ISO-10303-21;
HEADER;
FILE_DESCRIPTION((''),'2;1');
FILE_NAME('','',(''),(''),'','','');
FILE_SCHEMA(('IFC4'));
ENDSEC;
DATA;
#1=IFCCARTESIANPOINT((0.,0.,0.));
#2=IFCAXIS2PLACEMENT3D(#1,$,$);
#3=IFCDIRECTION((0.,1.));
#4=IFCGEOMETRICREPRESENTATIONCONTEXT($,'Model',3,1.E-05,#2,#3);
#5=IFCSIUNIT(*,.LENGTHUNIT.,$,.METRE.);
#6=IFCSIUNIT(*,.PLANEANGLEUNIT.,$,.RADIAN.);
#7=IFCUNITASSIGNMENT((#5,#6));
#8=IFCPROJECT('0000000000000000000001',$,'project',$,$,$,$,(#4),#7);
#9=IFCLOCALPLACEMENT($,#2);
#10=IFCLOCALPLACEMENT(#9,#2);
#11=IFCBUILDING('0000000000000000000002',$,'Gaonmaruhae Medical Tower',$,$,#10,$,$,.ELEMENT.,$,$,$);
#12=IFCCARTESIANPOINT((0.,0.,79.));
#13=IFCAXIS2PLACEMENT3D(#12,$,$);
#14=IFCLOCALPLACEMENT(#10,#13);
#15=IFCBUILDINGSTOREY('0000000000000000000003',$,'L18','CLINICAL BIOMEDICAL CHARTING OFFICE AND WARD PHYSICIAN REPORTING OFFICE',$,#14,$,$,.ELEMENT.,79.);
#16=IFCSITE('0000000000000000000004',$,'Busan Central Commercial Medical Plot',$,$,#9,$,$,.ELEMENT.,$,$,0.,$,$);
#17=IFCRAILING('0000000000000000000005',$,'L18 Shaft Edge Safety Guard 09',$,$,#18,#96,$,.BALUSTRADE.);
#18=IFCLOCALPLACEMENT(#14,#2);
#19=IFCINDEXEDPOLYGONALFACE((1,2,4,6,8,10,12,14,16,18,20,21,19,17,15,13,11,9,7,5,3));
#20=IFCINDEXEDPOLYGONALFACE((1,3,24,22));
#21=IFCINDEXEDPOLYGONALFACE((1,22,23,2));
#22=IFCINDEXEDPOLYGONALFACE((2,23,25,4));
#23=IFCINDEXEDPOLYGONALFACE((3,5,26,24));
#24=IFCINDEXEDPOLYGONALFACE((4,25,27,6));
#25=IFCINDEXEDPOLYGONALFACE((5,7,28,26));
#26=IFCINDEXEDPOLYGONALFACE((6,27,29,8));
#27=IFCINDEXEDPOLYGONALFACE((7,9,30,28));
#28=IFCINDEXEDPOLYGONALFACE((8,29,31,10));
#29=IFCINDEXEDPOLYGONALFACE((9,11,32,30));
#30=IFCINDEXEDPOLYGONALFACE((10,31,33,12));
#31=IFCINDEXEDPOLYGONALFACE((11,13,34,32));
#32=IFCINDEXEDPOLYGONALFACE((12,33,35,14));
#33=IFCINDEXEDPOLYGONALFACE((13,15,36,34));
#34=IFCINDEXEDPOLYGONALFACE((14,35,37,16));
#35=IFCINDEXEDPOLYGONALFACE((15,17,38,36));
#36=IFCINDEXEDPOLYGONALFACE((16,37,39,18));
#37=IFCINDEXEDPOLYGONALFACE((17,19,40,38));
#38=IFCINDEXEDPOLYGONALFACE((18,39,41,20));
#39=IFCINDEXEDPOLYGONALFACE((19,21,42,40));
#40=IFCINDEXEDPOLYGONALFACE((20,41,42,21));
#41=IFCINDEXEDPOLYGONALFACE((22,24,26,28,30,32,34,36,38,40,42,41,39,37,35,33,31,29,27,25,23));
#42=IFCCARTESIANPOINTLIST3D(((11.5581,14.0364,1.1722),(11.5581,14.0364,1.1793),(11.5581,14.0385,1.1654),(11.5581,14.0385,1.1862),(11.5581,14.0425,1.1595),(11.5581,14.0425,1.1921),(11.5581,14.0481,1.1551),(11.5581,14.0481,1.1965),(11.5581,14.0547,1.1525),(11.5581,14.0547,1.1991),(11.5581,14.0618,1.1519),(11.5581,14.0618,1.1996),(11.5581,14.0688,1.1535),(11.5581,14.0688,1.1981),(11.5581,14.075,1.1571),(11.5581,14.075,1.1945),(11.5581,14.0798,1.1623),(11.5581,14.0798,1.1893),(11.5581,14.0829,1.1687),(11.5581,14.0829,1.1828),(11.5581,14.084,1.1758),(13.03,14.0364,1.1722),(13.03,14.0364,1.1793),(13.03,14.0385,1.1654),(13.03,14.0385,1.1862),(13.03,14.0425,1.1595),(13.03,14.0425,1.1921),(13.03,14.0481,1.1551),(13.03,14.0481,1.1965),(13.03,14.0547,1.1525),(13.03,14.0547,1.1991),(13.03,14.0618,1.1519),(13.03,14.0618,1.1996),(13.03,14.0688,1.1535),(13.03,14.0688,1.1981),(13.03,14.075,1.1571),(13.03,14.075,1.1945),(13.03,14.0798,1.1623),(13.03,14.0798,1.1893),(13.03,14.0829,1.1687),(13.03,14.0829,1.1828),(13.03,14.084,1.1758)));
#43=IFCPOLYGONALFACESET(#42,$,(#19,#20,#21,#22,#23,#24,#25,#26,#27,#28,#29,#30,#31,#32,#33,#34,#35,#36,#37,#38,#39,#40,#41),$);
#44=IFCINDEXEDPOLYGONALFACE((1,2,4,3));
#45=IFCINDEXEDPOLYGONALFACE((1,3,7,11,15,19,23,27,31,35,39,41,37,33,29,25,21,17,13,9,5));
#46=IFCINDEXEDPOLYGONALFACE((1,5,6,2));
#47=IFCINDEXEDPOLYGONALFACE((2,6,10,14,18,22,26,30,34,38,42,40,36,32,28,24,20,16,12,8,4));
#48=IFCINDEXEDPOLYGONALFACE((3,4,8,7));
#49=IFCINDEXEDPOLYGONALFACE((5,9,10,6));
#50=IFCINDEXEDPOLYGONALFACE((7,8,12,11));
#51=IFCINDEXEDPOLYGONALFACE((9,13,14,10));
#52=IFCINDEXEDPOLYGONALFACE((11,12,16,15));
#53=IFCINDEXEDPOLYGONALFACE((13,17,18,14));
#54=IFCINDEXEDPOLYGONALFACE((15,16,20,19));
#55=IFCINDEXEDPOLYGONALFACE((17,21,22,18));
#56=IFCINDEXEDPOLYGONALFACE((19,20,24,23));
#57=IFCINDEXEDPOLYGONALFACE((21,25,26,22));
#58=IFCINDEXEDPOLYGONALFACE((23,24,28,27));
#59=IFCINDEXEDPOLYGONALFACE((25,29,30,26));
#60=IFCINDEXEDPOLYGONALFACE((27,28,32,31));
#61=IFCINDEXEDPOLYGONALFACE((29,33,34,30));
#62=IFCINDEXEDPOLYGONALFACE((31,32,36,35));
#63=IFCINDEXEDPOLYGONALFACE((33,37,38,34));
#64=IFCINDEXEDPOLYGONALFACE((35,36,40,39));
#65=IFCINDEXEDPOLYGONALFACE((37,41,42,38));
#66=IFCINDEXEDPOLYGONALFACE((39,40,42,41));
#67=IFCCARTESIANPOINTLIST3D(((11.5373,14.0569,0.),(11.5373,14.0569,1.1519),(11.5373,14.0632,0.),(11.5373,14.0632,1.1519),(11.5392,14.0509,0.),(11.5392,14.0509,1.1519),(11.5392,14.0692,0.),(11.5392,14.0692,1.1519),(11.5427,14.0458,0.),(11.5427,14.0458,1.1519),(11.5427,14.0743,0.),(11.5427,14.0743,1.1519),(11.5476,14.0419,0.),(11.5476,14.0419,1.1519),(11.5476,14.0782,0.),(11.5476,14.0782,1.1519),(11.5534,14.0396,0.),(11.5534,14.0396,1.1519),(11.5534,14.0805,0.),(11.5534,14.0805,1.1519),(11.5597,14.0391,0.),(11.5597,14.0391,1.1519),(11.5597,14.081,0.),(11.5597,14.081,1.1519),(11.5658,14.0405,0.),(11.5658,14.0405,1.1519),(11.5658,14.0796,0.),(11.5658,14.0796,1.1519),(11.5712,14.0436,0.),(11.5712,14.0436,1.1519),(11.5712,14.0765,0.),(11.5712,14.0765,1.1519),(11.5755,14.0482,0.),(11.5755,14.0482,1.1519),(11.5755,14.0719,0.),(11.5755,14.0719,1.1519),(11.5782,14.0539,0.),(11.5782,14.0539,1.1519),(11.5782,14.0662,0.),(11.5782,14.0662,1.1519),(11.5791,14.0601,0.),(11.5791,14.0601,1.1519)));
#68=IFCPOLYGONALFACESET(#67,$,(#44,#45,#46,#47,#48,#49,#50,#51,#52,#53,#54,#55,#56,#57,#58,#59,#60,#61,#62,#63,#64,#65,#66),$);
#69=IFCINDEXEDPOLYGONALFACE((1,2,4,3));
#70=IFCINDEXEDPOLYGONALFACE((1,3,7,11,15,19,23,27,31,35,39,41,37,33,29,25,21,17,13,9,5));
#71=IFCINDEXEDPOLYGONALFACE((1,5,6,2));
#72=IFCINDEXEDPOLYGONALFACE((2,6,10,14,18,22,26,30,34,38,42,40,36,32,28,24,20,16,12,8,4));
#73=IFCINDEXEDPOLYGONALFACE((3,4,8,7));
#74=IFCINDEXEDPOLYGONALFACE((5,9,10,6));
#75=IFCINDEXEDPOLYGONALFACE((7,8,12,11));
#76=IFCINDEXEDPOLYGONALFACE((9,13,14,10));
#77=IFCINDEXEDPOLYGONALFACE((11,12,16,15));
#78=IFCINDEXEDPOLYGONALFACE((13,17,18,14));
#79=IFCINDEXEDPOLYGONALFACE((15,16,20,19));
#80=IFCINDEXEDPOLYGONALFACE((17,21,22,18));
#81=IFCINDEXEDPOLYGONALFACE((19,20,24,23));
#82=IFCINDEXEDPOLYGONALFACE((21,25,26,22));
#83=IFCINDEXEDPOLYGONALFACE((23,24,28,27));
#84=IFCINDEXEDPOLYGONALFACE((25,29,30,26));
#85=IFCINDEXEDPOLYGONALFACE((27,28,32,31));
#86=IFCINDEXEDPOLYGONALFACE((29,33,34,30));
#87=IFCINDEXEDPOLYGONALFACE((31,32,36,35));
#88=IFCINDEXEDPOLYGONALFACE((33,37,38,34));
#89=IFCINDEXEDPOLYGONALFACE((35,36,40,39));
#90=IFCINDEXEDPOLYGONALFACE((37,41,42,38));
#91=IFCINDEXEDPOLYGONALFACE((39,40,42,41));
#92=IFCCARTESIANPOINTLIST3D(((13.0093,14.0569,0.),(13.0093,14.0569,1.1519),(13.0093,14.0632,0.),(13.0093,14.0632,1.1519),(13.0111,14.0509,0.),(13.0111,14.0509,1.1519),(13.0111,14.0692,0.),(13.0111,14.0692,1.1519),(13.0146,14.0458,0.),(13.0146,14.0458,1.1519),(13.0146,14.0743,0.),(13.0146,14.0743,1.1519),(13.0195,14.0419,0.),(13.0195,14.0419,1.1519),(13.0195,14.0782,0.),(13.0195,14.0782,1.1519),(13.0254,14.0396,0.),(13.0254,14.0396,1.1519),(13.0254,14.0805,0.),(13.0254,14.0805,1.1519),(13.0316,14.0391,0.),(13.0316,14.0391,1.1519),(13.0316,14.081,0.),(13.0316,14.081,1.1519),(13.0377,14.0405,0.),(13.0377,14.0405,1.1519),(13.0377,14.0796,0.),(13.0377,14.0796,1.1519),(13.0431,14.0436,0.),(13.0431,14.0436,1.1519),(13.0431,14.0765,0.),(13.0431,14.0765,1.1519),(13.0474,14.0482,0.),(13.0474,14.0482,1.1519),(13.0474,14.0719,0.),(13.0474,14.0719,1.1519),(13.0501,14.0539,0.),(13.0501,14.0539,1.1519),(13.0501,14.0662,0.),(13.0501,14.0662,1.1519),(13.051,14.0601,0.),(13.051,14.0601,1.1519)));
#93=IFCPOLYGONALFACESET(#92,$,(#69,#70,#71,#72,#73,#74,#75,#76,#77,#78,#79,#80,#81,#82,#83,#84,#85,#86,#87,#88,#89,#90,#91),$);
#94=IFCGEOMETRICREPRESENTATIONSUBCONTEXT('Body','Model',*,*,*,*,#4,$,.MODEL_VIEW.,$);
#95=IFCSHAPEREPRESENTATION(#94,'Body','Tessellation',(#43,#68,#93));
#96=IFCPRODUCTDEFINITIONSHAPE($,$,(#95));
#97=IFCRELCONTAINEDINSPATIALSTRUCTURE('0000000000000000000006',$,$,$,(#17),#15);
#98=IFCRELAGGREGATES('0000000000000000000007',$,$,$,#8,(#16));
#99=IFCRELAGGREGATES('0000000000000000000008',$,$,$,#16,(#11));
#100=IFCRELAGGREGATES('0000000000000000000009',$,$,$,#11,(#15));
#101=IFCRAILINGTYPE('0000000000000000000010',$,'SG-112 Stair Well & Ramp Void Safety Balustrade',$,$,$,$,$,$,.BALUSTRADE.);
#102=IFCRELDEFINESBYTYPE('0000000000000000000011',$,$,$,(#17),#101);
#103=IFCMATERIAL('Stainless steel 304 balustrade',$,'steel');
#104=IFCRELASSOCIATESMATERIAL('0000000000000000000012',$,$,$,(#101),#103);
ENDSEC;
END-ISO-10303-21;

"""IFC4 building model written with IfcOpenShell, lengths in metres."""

from ifc_helpers import new_model, si_unit, direction, frame, origin, origin_2d, place, context, subcontext, project, spatial, circle, extrude, material, type_object, element, save


model = new_model("IFC4")

# Units and contexts
model_context = context("Model", 3, precision=1e-05, world=origin(), true_north=direction((0.0, 1.0)))
body_context = subcontext(model_context, "Body", "Model", "MODEL_VIEW")
ifc_project = project(units=[si_unit("LENGTHUNIT", "METRE"), si_unit("PLANEANGLEUNIT", "RADIAN")], contexts=[model_context])

# Site, building, storey
site_placement = place(None, origin())
site = spatial("IfcSite", under=ifc_project, at=site_placement, Name="Busan Central Commercial Medical Plot", CompositionType="ELEMENT", RefElevation=0.0)
building_placement = place(site_placement, origin())
building = spatial("IfcBuilding", under=site, at=building_placement, Name="Gaonmaruhae Medical Tower", CompositionType="ELEMENT")
storey_placement = place(building_placement, frame((0.0, 0.0, 79.0)))
storey = spatial("IfcBuildingStorey", under=building, at=storey_placement, Name="L18", Description="CLINICAL BIOMEDICAL CHARTING OFFICE AND WARD PHYSICIAN REPORTING OFFICE", CompositionType="ELEMENT", Elevation=79.0)

# Railing
ifc_material_1 = material(Name="Stainless steel 304 balustrade", Category="steel")
railing_type = type_object("IfcRailingType", Name="SG-112 Stair Well & Ramp Void Safety Balustrade", PredefinedType="BALUSTRADE", material=ifc_material_1)
railing_1_placement = place(storey_placement, frame((11.5581, 14.0601, 0.0)))
element("IfcRailing", 1, at=railing_1_placement, inside=storey, type_object=railing_type, Name="L18 Shaft Edge Safety Guard 09", PredefinedType="BALUSTRADE", context=body_context, shape_type="SweptSolid", body=[
    extrude(circle(Radius=0.0239, at=origin_2d()), frame((0.0, 0.0, 1.1758), z_axis=(1.0, 0.0, 0.0), x_axis=(0.0, 1.0, 0.0)), (0.0, 0.0, 1.0), 1.4719),
    extrude(circle(Radius=0.021, at=origin_2d()), origin(), (0.0, 0.0, 1.0), 1.1519),
    extrude(circle(Radius=0.021, at=origin_2d()), frame((1.4719, 0.0, 0.0)), (0.0, 0.0, 1.0), 1.1519),
])

save(model, "model.ifc")
